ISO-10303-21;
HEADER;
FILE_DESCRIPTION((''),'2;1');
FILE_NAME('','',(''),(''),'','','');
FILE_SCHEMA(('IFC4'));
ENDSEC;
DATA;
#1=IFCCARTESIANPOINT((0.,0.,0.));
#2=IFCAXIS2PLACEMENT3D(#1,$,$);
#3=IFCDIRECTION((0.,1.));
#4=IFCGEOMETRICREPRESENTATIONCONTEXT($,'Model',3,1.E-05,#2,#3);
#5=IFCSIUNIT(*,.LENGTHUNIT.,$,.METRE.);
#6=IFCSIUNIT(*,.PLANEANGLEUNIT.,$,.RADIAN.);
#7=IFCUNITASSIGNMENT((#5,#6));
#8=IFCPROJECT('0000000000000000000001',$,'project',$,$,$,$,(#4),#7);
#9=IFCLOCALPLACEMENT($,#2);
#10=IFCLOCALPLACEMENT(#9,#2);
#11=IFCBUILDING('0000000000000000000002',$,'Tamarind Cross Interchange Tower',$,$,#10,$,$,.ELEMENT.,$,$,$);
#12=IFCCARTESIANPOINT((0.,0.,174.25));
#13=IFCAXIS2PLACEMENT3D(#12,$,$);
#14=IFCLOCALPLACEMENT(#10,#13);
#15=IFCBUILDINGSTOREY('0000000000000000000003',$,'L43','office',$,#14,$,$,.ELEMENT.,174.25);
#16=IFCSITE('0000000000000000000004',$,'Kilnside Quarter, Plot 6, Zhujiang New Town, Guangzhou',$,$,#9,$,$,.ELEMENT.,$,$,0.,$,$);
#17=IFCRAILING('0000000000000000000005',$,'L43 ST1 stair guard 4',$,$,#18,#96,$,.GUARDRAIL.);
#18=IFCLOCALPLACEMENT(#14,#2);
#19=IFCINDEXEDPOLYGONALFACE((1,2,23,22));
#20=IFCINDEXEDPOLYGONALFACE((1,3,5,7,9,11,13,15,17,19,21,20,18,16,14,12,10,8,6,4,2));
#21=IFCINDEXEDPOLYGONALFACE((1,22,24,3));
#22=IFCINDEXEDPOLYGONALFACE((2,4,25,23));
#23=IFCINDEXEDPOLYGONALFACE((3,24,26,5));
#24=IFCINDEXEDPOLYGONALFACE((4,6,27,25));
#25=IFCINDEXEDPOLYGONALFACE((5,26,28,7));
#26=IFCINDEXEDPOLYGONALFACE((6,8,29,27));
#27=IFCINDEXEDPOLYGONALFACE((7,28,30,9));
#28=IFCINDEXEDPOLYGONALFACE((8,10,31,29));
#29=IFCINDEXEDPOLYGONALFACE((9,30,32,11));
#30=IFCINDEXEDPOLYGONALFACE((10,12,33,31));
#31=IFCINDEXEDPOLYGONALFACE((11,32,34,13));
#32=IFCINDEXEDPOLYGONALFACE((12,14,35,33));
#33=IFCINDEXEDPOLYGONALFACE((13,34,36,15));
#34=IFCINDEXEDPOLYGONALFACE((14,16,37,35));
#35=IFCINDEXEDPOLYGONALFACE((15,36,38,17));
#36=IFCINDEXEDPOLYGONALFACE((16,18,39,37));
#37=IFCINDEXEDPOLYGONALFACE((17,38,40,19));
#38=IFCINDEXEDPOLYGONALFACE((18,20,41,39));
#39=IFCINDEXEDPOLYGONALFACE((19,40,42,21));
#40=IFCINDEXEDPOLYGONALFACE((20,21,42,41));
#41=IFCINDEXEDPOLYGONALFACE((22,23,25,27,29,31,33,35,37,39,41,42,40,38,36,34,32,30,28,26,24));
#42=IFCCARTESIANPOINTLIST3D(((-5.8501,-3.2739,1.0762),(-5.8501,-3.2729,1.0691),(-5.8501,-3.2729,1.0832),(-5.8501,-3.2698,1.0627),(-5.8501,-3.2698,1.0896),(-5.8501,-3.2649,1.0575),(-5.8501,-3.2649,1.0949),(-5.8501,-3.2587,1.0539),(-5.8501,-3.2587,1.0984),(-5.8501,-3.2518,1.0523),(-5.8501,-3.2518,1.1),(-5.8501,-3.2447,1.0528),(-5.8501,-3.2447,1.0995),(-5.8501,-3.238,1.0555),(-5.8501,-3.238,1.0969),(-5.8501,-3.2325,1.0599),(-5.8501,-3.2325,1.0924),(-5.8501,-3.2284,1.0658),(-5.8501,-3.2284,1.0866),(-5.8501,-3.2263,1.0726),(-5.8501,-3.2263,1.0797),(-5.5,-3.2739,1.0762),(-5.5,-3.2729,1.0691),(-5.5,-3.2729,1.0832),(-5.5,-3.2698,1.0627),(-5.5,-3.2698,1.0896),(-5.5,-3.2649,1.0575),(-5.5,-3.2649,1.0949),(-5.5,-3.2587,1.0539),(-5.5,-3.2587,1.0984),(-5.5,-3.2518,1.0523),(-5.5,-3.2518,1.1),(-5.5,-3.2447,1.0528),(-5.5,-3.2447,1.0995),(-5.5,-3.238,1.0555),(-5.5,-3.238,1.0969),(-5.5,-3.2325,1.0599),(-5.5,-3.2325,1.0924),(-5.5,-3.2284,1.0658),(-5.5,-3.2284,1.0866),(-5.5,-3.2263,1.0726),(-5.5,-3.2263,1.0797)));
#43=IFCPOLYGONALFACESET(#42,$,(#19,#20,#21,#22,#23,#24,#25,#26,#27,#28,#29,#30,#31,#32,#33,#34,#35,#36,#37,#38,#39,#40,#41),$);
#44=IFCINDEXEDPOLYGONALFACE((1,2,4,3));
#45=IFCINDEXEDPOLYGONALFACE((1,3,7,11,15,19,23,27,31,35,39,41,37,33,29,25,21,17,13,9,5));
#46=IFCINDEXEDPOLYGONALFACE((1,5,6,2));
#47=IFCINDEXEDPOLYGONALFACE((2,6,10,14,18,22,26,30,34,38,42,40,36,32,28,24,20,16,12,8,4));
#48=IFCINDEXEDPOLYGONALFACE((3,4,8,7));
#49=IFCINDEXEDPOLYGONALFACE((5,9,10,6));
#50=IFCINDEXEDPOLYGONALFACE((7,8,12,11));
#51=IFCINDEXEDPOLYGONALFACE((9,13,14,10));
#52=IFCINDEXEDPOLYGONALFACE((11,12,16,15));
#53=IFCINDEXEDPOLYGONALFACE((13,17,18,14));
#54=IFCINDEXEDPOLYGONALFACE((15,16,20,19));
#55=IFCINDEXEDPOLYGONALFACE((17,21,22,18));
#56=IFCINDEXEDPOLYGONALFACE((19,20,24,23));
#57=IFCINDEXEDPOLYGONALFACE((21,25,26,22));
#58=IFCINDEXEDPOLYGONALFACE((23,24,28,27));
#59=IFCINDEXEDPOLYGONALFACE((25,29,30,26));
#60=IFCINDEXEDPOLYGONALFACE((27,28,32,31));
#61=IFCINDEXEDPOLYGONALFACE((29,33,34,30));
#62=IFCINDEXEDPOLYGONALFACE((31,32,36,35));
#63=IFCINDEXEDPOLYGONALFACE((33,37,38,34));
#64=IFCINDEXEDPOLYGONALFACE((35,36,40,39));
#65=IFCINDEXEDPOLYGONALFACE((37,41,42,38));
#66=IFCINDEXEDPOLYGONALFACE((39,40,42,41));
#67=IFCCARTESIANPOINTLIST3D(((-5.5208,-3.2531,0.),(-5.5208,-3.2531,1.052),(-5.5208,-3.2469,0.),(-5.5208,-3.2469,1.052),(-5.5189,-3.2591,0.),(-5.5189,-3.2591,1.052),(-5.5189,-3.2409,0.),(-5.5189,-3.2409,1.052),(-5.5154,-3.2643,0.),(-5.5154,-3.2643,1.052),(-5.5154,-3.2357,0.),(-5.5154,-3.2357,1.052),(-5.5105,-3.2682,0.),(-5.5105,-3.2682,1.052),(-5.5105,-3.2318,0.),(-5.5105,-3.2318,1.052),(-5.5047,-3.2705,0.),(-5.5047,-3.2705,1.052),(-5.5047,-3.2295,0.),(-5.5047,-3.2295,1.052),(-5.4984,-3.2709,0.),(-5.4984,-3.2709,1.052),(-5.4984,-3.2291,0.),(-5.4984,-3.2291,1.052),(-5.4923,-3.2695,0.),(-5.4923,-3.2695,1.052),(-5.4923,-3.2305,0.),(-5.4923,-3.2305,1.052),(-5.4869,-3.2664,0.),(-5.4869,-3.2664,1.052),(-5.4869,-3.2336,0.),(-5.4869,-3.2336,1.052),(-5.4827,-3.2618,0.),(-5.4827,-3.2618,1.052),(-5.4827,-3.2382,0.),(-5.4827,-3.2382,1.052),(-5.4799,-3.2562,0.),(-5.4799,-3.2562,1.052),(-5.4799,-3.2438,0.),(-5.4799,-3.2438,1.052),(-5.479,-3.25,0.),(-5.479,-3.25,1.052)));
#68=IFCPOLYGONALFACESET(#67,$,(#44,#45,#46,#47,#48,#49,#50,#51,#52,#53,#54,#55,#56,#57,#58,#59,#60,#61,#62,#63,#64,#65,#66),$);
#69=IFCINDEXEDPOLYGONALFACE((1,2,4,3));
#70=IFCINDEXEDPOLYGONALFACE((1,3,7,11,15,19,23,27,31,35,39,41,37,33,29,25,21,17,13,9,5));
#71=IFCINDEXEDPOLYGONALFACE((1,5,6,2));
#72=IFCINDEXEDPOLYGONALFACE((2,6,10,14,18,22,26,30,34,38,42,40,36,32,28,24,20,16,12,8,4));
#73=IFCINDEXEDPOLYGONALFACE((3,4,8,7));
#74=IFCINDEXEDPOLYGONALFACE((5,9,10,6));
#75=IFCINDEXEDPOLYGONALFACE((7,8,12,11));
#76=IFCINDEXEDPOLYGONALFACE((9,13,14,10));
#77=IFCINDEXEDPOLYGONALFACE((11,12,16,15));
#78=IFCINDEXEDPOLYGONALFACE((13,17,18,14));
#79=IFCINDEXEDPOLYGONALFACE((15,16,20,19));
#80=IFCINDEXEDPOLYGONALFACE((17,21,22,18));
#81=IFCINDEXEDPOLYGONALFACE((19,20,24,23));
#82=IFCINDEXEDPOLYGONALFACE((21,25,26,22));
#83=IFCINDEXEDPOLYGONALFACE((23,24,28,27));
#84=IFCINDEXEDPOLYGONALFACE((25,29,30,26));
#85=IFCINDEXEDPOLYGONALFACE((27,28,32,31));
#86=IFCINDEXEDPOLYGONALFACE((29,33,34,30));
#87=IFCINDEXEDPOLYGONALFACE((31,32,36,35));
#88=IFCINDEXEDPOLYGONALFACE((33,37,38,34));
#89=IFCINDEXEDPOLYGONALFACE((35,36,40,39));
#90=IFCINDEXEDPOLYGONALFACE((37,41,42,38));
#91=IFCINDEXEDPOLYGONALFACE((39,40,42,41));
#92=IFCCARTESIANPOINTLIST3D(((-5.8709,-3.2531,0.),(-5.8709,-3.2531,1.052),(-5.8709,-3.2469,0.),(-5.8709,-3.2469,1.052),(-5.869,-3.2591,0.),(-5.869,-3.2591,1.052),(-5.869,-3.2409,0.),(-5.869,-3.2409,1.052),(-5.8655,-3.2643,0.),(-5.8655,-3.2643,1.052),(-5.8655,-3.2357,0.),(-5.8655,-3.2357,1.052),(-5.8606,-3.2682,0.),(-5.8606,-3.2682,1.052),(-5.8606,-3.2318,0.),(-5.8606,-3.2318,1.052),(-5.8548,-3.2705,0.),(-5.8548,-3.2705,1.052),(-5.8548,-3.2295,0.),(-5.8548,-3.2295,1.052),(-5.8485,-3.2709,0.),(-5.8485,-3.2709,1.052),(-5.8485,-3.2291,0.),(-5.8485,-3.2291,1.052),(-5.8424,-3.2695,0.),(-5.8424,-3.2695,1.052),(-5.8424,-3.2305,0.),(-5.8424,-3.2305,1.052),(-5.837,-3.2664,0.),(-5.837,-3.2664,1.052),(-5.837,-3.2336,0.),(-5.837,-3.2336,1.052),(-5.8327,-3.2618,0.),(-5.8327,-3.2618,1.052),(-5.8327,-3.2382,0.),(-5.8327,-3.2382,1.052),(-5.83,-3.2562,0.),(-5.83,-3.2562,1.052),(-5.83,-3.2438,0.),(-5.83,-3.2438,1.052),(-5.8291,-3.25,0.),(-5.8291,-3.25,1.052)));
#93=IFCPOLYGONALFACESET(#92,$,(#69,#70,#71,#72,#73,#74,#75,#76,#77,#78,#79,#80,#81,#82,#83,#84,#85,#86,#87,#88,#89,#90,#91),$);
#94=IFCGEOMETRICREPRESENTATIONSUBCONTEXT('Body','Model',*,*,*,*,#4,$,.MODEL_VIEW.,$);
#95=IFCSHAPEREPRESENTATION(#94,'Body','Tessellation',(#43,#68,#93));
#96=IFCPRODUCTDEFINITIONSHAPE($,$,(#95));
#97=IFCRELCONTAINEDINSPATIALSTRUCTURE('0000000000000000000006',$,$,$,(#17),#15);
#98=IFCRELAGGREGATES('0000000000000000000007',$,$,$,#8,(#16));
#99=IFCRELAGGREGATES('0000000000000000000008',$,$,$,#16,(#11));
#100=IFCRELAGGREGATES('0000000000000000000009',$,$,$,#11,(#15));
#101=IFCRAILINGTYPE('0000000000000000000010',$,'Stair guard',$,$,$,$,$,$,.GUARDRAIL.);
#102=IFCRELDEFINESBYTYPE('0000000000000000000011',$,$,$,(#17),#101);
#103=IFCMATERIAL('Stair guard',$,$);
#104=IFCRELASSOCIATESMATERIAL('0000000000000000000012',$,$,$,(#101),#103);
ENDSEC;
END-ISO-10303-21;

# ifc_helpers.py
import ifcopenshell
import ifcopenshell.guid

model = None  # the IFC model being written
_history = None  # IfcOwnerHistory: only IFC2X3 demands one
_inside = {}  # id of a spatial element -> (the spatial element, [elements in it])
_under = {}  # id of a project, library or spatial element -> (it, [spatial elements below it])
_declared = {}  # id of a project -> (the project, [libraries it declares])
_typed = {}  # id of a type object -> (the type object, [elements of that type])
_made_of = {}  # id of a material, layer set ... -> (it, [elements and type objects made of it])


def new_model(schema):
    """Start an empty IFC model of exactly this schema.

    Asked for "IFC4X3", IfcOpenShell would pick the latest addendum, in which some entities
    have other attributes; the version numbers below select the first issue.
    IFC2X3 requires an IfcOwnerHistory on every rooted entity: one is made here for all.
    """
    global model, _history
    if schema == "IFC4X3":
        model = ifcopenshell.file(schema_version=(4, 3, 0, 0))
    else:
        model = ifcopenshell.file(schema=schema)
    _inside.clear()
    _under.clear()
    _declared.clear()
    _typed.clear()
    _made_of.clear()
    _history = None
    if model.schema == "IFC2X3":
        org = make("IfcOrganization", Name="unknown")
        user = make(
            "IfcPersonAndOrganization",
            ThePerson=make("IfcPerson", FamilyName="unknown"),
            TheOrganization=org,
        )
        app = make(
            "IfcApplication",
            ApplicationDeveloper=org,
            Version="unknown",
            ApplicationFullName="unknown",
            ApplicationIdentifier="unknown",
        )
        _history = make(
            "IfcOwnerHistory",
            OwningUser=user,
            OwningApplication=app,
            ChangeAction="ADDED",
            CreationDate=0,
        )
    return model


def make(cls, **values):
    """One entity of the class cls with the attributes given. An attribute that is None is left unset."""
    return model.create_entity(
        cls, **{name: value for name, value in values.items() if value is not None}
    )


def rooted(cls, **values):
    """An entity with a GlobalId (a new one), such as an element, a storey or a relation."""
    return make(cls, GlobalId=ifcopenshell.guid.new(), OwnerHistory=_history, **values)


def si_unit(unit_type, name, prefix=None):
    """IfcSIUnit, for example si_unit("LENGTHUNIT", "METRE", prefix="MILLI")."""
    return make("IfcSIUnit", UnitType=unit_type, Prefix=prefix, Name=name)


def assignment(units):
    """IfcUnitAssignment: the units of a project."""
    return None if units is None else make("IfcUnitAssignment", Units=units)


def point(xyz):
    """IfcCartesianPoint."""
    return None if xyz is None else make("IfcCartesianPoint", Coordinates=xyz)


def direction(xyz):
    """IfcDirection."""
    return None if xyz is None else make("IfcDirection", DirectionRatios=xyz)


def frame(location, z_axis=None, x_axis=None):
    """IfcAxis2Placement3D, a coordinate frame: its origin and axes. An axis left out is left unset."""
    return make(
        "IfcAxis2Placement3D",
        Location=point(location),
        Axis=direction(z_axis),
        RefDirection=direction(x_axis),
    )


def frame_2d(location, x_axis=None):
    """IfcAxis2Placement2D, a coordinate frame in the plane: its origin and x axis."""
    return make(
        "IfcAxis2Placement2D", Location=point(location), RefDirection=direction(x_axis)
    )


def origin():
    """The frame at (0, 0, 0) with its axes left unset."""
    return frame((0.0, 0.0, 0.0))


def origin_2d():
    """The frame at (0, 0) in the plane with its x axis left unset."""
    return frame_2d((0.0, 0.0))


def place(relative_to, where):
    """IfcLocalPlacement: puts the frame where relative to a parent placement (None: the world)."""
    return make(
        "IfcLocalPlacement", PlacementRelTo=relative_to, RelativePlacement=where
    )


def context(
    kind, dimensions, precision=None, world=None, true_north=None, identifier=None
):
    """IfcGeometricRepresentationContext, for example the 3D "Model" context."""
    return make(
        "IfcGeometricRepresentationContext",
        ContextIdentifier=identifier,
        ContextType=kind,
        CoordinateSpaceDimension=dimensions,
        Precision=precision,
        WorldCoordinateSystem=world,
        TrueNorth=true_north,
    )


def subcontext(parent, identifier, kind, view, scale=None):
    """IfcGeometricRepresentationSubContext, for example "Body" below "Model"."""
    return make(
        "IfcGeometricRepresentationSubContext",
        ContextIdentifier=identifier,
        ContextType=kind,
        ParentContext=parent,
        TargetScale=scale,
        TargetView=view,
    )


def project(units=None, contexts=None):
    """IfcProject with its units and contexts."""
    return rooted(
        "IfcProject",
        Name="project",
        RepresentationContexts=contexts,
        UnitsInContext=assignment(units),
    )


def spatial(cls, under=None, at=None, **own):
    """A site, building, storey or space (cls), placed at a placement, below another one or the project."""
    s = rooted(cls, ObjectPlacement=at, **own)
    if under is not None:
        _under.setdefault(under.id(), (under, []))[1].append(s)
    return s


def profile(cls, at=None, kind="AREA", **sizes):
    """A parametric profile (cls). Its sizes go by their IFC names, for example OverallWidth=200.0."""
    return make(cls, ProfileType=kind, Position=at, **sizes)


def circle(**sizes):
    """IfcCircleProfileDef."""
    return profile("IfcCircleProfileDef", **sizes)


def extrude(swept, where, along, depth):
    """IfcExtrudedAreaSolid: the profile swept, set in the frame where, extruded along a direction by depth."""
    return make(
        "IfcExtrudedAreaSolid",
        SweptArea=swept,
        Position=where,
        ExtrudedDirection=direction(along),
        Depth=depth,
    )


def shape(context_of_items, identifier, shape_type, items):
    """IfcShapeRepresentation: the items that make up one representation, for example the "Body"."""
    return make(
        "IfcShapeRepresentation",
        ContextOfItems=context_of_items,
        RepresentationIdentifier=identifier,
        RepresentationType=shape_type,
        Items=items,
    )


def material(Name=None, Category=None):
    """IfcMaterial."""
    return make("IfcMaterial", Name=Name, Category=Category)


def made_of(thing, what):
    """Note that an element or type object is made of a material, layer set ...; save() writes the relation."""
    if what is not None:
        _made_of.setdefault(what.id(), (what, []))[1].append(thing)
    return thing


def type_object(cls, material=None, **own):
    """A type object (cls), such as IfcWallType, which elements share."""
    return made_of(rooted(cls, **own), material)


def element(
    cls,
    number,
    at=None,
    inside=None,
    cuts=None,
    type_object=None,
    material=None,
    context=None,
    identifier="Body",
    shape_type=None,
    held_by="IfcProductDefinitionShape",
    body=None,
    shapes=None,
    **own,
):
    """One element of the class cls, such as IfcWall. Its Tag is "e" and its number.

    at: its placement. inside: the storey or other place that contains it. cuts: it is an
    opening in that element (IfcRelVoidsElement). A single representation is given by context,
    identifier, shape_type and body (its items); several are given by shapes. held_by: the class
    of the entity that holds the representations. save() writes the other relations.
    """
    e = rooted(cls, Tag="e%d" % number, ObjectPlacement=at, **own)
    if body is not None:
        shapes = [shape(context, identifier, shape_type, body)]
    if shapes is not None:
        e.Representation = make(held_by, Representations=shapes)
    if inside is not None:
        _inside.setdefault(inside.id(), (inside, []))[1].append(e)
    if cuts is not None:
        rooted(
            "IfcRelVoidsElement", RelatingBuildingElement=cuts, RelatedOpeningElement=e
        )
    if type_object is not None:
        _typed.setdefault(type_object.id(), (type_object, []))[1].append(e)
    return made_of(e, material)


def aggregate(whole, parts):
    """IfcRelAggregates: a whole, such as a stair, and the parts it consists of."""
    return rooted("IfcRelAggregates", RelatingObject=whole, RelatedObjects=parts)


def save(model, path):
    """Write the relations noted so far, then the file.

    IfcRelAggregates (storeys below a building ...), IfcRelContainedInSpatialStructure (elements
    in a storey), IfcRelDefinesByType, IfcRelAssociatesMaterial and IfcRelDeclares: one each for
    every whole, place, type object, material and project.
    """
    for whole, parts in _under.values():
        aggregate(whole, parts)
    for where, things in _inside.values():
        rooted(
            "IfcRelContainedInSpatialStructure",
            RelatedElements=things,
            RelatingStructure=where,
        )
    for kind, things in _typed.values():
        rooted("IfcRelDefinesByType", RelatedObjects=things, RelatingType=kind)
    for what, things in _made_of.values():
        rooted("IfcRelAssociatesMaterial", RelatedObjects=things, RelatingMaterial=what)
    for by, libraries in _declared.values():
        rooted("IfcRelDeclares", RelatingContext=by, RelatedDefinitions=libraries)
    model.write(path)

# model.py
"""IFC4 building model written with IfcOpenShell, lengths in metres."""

from ifc_helpers import new_model, si_unit, direction, frame, origin, origin_2d, place, context, subcontext, project, spatial, circle, extrude, material, type_object, element, save


model = new_model("IFC4")

# Units and contexts
model_context = context("Model", 3, precision=1e-05, world=origin(), true_north=direction((0.0, 1.0)))
body_context = subcontext(model_context, "Body", "Model", "MODEL_VIEW")
ifc_project = project(units=[si_unit("LENGTHUNIT", "METRE"), si_unit("PLANEANGLEUNIT", "RADIAN")], contexts=[model_context])

# Site, building, storey
site_placement = place(None, origin())
site = spatial("IfcSite", under=ifc_project, at=site_placement, Name="Kilnside Quarter, Plot 6, Zhujiang New Town, Guangzhou", CompositionType="ELEMENT", RefElevation=0.0)
building_placement = place(site_placement, origin())
building = spatial("IfcBuilding", under=site, at=building_placement, Name="Tamarind Cross Interchange Tower", CompositionType="ELEMENT")
storey_placement = place(building_placement, frame((0.0, 0.0, 174.25)))
storey = spatial("IfcBuildingStorey", under=building, at=storey_placement, Name="L43", Description="office", CompositionType="ELEMENT", Elevation=174.25)

# Railing
ifc_material_1 = material(Name="Stair guard")
railing_type_1 = type_object("IfcRailingType", Name="Stair guard", PredefinedType="GUARDRAIL", material=ifc_material_1)
railing_1_placement = place(storey_placement, frame((-5.5, -3.25, 0.0)))
element("IfcRailing", 1, at=railing_1_placement, inside=storey, type_object=railing_type_1, Name="L43 ST1 stair guard 4", PredefinedType="GUARDRAIL", context=body_context, shape_type="SweptSolid", body=[
    extrude(circle(Radius=0.0239, at=origin_2d()), frame((0.0, 0.0, 1.0762), z_axis=(-1.0, 0.0, 0.0), x_axis=(0.0, -1.0, 0.0)), (0.0, 0.0, 1.0), 0.3501),
    extrude(circle(Radius=0.021, at=origin_2d()), origin(), (0.0, 0.0, 1.0), 1.052),
    extrude(circle(Radius=0.021, at=origin_2d()), frame((-0.3501, 0.0, 0.0)), (0.0, 0.0, 1.0), 1.052),
])

save(model, "model.ifc")
